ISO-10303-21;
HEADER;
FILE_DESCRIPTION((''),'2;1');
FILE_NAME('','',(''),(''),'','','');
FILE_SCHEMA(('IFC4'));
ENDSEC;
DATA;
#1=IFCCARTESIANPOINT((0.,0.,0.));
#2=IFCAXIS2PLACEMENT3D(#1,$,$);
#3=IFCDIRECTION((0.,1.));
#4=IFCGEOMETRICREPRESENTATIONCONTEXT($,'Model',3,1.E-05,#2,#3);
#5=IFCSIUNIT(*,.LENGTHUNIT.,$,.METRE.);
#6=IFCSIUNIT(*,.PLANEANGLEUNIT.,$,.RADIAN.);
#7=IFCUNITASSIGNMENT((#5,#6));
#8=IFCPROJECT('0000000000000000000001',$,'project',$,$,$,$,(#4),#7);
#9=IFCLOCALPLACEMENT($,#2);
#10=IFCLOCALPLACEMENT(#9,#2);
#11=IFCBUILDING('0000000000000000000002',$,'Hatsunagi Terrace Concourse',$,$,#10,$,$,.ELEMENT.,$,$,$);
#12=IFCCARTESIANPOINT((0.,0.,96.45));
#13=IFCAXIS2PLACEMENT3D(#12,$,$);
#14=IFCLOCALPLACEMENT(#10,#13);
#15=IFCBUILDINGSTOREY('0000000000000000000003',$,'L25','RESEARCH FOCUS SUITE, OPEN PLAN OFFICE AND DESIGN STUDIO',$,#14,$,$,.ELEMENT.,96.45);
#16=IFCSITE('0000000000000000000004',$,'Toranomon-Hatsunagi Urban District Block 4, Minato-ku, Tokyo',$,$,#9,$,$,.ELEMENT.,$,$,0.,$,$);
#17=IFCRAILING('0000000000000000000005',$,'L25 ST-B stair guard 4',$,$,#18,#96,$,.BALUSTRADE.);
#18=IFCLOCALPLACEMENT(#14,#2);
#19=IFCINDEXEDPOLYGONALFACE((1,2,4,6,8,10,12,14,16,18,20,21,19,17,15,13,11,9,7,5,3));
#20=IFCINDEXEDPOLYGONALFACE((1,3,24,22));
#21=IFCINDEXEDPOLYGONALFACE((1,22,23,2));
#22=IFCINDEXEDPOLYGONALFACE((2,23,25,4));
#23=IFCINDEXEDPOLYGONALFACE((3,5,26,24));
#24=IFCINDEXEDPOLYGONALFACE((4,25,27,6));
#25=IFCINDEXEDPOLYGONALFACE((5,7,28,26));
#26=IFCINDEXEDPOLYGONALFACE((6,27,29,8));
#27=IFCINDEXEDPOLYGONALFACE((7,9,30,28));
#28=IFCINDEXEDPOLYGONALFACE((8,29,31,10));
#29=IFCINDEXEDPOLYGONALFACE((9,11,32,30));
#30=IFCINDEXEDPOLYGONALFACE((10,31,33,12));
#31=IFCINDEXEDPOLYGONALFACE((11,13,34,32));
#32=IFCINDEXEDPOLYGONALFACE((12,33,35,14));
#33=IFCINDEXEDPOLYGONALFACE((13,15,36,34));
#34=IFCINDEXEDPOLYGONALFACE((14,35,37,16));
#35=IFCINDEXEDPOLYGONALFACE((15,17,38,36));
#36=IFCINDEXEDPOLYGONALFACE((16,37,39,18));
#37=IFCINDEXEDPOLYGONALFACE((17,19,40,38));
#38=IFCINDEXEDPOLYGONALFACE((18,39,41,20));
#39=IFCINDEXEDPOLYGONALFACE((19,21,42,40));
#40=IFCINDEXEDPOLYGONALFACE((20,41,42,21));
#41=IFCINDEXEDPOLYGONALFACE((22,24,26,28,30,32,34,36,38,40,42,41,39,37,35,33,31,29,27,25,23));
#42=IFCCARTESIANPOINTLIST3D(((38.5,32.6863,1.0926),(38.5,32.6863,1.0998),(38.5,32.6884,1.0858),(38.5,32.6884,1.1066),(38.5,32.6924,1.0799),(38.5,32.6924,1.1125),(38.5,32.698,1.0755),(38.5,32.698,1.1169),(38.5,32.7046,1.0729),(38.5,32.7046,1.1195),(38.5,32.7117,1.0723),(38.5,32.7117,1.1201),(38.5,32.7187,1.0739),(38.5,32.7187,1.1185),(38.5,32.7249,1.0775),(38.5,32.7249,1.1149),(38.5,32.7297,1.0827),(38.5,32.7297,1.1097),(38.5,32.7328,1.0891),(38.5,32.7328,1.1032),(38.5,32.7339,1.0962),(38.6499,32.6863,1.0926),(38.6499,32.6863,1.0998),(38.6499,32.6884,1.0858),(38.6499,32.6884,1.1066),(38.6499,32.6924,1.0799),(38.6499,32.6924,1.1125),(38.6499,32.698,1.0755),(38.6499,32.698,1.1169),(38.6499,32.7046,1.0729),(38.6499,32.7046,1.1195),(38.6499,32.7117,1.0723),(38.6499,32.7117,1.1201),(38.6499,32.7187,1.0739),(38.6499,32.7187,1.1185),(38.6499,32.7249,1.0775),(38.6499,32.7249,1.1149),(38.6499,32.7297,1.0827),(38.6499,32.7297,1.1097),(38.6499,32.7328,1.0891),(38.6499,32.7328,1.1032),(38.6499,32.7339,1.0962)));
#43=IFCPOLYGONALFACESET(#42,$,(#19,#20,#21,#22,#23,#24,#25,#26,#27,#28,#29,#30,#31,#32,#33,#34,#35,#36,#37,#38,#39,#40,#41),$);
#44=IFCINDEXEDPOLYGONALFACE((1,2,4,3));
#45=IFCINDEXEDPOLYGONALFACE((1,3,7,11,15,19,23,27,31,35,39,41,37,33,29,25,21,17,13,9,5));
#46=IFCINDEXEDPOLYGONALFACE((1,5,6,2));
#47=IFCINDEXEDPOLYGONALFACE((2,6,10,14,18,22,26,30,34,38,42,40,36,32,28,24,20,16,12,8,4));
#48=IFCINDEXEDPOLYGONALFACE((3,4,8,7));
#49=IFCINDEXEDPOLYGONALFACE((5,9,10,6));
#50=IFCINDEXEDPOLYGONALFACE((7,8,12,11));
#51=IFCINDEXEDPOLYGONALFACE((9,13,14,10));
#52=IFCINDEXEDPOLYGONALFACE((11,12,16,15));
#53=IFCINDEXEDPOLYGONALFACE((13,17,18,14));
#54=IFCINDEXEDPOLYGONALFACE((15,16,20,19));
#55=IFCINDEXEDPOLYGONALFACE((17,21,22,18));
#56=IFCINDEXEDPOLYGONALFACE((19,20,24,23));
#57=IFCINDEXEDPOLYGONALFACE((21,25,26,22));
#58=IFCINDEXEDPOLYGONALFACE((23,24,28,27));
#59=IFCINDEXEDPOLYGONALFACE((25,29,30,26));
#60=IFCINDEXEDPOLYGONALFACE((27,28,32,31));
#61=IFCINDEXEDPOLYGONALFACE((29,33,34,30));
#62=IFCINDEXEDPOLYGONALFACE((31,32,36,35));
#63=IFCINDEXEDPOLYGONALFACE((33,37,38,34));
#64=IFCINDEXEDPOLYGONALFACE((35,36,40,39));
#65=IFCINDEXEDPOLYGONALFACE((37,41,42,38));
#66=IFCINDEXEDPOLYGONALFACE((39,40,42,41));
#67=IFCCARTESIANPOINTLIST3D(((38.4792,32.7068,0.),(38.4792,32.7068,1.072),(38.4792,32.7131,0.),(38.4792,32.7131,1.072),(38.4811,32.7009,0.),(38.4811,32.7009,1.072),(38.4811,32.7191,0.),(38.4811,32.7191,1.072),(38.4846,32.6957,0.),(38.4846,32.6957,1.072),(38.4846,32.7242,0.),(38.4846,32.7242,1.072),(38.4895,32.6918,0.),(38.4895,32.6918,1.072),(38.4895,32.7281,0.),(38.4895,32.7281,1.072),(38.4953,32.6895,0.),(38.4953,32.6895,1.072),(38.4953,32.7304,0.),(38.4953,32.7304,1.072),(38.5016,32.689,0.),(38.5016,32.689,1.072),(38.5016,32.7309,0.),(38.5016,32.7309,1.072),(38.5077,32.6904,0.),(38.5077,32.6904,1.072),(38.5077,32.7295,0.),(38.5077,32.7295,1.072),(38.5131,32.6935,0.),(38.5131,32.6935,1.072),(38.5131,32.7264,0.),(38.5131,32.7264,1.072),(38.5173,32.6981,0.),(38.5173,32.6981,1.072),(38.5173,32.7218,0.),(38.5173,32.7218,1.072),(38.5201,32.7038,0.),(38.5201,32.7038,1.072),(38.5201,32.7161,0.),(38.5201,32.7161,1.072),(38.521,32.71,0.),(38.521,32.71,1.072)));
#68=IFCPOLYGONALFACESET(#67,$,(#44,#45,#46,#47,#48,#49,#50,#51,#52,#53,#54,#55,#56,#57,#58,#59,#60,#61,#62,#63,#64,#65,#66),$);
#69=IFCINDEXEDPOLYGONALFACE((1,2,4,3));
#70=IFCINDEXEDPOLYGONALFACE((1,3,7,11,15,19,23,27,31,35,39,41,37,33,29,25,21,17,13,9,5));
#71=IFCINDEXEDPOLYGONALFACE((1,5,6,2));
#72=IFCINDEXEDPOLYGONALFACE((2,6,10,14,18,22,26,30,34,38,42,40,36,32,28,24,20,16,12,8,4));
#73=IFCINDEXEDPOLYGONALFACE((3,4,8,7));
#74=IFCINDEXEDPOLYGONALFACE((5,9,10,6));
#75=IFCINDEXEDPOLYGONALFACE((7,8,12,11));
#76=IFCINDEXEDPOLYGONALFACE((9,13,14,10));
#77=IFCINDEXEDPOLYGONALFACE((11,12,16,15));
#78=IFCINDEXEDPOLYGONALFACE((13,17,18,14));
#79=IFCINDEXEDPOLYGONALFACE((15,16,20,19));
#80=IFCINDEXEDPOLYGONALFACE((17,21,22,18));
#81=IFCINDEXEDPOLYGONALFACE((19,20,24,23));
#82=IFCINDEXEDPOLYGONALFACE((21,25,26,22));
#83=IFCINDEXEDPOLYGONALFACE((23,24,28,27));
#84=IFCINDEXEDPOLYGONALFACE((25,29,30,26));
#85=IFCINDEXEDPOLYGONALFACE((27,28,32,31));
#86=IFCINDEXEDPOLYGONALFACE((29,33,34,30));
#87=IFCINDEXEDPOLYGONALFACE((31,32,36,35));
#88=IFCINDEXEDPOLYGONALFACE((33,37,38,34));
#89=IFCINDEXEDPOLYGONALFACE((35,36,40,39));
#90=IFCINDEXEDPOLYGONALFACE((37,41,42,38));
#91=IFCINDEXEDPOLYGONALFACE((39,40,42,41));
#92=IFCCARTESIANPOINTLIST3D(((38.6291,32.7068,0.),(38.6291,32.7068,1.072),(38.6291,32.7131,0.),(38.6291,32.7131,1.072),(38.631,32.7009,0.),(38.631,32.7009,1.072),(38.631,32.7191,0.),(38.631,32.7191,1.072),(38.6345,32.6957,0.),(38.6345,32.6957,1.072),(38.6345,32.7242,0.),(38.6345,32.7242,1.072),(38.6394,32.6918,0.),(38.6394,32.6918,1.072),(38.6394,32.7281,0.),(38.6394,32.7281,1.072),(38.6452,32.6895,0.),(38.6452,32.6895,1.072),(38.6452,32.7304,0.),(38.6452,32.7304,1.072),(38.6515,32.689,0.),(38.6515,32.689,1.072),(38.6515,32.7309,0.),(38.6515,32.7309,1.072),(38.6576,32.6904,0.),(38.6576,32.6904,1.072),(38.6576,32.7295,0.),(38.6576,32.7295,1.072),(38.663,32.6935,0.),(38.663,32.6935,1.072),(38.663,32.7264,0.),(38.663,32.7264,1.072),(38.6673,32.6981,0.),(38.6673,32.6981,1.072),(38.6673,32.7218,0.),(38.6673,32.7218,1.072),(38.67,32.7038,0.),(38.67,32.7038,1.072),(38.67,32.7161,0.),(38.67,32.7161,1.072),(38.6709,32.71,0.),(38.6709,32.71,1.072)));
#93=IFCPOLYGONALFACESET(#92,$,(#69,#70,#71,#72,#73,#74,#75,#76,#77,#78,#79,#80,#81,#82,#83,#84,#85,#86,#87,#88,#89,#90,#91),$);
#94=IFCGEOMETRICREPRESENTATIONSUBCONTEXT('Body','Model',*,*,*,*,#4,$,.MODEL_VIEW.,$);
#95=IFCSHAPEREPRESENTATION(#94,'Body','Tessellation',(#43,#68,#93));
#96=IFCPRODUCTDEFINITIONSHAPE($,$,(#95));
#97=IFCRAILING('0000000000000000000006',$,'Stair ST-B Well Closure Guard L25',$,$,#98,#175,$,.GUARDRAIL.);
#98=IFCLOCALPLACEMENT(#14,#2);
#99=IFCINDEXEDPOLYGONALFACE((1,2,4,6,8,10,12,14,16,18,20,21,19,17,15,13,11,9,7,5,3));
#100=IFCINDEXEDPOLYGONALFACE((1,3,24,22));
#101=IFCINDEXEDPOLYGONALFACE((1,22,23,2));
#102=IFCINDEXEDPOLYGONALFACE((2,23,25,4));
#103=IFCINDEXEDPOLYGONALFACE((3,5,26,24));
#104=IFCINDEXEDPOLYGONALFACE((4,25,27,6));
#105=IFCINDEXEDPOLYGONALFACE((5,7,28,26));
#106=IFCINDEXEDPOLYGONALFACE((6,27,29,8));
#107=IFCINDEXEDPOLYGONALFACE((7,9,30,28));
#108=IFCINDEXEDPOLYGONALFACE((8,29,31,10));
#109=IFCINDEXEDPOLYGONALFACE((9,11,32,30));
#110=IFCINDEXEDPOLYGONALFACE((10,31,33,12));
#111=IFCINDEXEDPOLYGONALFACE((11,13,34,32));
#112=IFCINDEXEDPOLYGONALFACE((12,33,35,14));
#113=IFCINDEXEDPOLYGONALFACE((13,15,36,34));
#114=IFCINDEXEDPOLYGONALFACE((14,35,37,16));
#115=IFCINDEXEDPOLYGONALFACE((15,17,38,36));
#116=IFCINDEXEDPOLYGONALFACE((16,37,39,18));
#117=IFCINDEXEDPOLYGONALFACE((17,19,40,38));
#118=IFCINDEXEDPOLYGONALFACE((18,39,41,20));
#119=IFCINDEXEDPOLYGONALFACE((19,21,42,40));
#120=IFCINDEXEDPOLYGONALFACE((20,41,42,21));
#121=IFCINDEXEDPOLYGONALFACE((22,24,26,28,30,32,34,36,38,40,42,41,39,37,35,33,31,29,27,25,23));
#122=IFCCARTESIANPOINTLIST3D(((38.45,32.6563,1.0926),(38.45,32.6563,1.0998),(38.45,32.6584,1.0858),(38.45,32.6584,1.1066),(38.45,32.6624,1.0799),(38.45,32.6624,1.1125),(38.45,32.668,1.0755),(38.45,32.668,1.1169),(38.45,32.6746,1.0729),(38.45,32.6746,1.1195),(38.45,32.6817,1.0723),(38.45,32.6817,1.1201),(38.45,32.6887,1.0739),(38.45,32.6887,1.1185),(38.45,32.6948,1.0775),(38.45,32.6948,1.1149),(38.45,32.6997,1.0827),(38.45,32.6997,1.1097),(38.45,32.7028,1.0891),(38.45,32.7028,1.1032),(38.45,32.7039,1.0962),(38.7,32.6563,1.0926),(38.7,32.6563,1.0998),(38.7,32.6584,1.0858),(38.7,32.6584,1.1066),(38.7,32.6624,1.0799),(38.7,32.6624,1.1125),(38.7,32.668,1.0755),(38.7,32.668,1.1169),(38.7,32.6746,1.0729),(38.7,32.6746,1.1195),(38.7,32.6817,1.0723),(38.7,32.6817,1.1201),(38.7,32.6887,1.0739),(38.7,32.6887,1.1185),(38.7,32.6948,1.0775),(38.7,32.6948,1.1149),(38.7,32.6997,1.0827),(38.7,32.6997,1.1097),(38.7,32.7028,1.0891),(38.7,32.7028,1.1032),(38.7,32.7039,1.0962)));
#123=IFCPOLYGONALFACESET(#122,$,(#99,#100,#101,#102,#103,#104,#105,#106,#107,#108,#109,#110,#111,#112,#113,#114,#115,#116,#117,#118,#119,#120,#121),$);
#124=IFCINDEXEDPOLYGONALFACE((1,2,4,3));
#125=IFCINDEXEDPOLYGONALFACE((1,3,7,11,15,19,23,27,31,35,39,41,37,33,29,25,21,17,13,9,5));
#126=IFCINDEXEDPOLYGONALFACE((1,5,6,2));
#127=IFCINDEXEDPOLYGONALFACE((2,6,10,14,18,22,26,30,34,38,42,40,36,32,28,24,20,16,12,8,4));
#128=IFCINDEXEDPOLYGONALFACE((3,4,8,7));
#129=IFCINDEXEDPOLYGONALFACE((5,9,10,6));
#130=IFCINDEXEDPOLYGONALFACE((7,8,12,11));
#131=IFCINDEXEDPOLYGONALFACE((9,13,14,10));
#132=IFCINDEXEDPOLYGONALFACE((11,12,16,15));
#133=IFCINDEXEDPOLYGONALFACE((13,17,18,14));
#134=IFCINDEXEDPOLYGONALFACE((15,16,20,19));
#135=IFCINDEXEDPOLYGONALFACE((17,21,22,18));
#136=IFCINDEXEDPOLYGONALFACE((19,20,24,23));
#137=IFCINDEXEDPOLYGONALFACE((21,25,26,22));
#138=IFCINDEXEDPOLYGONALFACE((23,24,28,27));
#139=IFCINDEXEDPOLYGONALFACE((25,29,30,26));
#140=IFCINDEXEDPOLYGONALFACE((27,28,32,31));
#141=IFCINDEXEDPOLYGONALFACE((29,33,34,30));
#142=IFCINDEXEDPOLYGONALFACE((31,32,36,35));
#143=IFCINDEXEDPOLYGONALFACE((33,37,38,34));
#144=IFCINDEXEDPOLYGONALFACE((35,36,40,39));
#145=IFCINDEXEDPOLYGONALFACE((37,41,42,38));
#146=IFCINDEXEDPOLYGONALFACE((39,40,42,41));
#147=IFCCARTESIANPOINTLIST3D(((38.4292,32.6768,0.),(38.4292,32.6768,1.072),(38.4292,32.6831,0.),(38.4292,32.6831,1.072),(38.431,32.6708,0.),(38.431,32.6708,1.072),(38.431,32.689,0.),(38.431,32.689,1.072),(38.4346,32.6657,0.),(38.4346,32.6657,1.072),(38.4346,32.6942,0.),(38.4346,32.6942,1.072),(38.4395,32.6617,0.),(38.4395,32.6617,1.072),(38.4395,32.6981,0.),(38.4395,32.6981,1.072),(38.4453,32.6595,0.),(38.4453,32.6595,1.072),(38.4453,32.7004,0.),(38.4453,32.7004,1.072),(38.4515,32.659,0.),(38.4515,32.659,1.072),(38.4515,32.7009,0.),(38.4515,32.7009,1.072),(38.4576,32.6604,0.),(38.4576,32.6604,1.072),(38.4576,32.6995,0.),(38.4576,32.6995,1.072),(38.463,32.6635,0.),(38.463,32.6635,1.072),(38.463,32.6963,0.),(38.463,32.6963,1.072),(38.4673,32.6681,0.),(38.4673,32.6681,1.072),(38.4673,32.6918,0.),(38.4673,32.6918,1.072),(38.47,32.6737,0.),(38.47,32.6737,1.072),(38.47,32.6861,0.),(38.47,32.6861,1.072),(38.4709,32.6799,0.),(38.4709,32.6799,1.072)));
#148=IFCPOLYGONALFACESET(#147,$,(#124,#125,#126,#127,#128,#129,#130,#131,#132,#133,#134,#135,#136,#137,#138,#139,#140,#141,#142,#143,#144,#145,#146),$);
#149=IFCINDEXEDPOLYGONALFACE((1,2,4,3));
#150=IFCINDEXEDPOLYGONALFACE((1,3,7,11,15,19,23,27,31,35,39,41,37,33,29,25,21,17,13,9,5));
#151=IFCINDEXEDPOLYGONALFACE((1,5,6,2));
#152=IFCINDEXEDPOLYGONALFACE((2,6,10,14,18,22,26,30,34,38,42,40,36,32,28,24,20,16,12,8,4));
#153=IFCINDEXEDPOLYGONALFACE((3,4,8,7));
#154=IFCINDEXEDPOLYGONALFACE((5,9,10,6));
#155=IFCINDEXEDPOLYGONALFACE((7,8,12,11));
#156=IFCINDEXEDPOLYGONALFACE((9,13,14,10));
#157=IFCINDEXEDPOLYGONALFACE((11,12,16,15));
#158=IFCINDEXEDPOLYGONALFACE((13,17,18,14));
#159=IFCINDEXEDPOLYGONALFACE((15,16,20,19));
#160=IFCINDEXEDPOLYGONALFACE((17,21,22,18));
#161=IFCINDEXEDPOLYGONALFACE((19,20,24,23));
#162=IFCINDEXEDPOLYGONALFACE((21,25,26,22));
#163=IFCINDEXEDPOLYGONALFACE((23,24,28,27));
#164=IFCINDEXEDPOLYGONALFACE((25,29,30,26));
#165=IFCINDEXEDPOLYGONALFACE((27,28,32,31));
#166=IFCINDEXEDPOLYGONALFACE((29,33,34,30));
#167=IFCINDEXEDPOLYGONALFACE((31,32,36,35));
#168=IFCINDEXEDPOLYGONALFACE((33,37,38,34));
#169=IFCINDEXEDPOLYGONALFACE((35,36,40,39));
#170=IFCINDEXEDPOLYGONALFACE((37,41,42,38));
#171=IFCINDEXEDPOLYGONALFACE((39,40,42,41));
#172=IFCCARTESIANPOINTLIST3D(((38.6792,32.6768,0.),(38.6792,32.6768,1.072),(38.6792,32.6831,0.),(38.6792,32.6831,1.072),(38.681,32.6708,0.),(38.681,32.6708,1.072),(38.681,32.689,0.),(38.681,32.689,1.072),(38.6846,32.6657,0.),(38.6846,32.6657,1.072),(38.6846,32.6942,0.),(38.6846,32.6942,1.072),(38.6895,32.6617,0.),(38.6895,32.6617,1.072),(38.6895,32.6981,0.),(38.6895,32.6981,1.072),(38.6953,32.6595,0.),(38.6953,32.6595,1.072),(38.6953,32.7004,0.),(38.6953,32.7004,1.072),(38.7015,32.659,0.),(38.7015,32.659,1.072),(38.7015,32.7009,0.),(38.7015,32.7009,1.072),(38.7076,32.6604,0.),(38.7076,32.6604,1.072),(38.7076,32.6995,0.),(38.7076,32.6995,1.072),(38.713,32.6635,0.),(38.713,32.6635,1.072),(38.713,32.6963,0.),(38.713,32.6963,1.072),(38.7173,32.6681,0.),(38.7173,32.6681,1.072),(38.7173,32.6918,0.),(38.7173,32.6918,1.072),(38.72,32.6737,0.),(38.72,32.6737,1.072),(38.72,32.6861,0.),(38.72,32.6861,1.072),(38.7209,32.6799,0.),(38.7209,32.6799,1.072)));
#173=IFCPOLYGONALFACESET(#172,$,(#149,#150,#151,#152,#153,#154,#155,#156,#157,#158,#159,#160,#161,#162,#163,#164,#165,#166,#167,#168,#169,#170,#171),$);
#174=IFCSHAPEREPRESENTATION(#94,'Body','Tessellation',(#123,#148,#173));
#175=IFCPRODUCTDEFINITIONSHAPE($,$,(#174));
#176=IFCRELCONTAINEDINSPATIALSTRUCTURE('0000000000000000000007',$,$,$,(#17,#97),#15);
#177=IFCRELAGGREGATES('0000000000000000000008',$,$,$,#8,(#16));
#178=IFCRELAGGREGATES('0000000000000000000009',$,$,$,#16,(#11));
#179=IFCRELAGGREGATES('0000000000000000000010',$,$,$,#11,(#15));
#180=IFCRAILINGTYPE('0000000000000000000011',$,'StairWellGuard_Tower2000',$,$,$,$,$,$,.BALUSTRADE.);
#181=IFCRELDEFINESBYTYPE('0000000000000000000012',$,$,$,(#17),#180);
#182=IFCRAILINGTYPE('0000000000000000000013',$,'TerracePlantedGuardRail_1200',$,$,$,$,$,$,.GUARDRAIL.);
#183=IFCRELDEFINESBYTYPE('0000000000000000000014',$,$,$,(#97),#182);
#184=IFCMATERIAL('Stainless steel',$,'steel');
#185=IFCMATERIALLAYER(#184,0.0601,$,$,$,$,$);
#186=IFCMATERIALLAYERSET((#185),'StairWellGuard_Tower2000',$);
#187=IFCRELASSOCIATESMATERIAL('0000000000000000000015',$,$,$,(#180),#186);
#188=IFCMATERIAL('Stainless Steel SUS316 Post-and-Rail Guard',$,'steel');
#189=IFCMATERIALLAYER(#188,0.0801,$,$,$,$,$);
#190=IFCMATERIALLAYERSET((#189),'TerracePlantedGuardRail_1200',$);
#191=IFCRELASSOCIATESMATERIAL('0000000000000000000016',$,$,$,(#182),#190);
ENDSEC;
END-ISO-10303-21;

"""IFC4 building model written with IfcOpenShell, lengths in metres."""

from ifc_helpers import new_model, si_unit, direction, frame, origin, origin_2d, place, context, subcontext, project, spatial, circle, extrude, material, layer, layer_set, type_object, element, save


model = new_model("IFC4")

# Units and contexts
model_context = context("Model", 3, precision=1e-05, world=origin(), true_north=direction((0.0, 1.0)))
body_context = subcontext(model_context, "Body", "Model", "MODEL_VIEW")
ifc_project = project(units=[si_unit("LENGTHUNIT", "METRE"), si_unit("PLANEANGLEUNIT", "RADIAN")], contexts=[model_context])

# Site, building, storey
site_placement = place(None, origin())
site = spatial("IfcSite", under=ifc_project, at=site_placement, Name="Toranomon-Hatsunagi Urban District Block 4, Minato-ku, Tokyo", CompositionType="ELEMENT", RefElevation=0.0)
building_placement = place(site_placement, origin())
building = spatial("IfcBuilding", under=site, at=building_placement, Name="Hatsunagi Terrace Concourse", CompositionType="ELEMENT")
storey_placement = place(building_placement, frame((0.0, 0.0, 96.45)))
storey = spatial("IfcBuildingStorey", under=building, at=storey_placement, Name="L25", Description="RESEARCH FOCUS SUITE, OPEN PLAN OFFICE AND DESIGN STUDIO", CompositionType="ELEMENT", Elevation=96.45)

# Railings
ifc_material_1 = material(Name="Stainless steel", Category="steel")
ifc_layer_1 = layer(ifc_material_1, 0.0601)
ifc_layer_set_1 = layer_set([ifc_layer_1], Name="StairWellGuard_Tower2000")
railing_type_1 = type_object("IfcRailingType", Name="StairWellGuard_Tower2000", PredefinedType="BALUSTRADE", material=ifc_layer_set_1)
railing_1_placement = place(storey_placement, frame((38.5, 32.71, 0.0)))
element("IfcRailing", 1, at=railing_1_placement, inside=storey, type_object=railing_type_1, Name="L25 ST-B stair guard 4", PredefinedType="BALUSTRADE", context=body_context, shape_type="SweptSolid", body=[
    extrude(circle(Radius=0.0239, at=origin_2d()), frame((0.0, 0.0, 1.0962), z_axis=(1.0, 0.0, 0.0), x_axis=(0.0, 1.0, 0.0)), (0.0, 0.0, 1.0), 0.1499),
    extrude(circle(Radius=0.021, at=origin_2d()), origin(), (0.0, 0.0, 1.0), 1.072),
    extrude(circle(Radius=0.021, at=origin_2d()), frame((0.1499, 0.0, 0.0)), (0.0, 0.0, 1.0), 1.072),
])
ifc_material_2 = material(Name="Stainless Steel SUS316 Post-and-Rail Guard", Category="steel")
ifc_layer_2 = layer(ifc_material_2, 0.0801)
ifc_layer_set_2 = layer_set([ifc_layer_2], Name="TerracePlantedGuardRail_1200")
railing_type_2 = type_object("IfcRailingType", Name="TerracePlantedGuardRail_1200", PredefinedType="GUARDRAIL", material=ifc_layer_set_2)
railing_2_placement = place(storey_placement, frame((38.45, 32.6799, 0.0)))
element("IfcRailing", 2, at=railing_2_placement, inside=storey, type_object=railing_type_2, Name="Stair ST-B Well Closure Guard L25", PredefinedType="GUARDRAIL", context=body_context, shape_type="SweptSolid", body=[
    extrude(circle(Radius=0.0239, at=origin_2d()), frame((0.0, 0.0, 1.0962), z_axis=(1.0, 0.0, 0.0), x_axis=(0.0, 1.0, 0.0)), (0.0, 0.0, 1.0), 0.25),
    extrude(circle(Radius=0.021, at=origin_2d()), origin(), (0.0, 0.0, 1.0), 1.072),
    extrude(circle(Radius=0.021, at=origin_2d()), frame((0.25, 0.0, 0.0)), (0.0, 0.0, 1.0), 1.072),
])

save(model, "model.ifc")
